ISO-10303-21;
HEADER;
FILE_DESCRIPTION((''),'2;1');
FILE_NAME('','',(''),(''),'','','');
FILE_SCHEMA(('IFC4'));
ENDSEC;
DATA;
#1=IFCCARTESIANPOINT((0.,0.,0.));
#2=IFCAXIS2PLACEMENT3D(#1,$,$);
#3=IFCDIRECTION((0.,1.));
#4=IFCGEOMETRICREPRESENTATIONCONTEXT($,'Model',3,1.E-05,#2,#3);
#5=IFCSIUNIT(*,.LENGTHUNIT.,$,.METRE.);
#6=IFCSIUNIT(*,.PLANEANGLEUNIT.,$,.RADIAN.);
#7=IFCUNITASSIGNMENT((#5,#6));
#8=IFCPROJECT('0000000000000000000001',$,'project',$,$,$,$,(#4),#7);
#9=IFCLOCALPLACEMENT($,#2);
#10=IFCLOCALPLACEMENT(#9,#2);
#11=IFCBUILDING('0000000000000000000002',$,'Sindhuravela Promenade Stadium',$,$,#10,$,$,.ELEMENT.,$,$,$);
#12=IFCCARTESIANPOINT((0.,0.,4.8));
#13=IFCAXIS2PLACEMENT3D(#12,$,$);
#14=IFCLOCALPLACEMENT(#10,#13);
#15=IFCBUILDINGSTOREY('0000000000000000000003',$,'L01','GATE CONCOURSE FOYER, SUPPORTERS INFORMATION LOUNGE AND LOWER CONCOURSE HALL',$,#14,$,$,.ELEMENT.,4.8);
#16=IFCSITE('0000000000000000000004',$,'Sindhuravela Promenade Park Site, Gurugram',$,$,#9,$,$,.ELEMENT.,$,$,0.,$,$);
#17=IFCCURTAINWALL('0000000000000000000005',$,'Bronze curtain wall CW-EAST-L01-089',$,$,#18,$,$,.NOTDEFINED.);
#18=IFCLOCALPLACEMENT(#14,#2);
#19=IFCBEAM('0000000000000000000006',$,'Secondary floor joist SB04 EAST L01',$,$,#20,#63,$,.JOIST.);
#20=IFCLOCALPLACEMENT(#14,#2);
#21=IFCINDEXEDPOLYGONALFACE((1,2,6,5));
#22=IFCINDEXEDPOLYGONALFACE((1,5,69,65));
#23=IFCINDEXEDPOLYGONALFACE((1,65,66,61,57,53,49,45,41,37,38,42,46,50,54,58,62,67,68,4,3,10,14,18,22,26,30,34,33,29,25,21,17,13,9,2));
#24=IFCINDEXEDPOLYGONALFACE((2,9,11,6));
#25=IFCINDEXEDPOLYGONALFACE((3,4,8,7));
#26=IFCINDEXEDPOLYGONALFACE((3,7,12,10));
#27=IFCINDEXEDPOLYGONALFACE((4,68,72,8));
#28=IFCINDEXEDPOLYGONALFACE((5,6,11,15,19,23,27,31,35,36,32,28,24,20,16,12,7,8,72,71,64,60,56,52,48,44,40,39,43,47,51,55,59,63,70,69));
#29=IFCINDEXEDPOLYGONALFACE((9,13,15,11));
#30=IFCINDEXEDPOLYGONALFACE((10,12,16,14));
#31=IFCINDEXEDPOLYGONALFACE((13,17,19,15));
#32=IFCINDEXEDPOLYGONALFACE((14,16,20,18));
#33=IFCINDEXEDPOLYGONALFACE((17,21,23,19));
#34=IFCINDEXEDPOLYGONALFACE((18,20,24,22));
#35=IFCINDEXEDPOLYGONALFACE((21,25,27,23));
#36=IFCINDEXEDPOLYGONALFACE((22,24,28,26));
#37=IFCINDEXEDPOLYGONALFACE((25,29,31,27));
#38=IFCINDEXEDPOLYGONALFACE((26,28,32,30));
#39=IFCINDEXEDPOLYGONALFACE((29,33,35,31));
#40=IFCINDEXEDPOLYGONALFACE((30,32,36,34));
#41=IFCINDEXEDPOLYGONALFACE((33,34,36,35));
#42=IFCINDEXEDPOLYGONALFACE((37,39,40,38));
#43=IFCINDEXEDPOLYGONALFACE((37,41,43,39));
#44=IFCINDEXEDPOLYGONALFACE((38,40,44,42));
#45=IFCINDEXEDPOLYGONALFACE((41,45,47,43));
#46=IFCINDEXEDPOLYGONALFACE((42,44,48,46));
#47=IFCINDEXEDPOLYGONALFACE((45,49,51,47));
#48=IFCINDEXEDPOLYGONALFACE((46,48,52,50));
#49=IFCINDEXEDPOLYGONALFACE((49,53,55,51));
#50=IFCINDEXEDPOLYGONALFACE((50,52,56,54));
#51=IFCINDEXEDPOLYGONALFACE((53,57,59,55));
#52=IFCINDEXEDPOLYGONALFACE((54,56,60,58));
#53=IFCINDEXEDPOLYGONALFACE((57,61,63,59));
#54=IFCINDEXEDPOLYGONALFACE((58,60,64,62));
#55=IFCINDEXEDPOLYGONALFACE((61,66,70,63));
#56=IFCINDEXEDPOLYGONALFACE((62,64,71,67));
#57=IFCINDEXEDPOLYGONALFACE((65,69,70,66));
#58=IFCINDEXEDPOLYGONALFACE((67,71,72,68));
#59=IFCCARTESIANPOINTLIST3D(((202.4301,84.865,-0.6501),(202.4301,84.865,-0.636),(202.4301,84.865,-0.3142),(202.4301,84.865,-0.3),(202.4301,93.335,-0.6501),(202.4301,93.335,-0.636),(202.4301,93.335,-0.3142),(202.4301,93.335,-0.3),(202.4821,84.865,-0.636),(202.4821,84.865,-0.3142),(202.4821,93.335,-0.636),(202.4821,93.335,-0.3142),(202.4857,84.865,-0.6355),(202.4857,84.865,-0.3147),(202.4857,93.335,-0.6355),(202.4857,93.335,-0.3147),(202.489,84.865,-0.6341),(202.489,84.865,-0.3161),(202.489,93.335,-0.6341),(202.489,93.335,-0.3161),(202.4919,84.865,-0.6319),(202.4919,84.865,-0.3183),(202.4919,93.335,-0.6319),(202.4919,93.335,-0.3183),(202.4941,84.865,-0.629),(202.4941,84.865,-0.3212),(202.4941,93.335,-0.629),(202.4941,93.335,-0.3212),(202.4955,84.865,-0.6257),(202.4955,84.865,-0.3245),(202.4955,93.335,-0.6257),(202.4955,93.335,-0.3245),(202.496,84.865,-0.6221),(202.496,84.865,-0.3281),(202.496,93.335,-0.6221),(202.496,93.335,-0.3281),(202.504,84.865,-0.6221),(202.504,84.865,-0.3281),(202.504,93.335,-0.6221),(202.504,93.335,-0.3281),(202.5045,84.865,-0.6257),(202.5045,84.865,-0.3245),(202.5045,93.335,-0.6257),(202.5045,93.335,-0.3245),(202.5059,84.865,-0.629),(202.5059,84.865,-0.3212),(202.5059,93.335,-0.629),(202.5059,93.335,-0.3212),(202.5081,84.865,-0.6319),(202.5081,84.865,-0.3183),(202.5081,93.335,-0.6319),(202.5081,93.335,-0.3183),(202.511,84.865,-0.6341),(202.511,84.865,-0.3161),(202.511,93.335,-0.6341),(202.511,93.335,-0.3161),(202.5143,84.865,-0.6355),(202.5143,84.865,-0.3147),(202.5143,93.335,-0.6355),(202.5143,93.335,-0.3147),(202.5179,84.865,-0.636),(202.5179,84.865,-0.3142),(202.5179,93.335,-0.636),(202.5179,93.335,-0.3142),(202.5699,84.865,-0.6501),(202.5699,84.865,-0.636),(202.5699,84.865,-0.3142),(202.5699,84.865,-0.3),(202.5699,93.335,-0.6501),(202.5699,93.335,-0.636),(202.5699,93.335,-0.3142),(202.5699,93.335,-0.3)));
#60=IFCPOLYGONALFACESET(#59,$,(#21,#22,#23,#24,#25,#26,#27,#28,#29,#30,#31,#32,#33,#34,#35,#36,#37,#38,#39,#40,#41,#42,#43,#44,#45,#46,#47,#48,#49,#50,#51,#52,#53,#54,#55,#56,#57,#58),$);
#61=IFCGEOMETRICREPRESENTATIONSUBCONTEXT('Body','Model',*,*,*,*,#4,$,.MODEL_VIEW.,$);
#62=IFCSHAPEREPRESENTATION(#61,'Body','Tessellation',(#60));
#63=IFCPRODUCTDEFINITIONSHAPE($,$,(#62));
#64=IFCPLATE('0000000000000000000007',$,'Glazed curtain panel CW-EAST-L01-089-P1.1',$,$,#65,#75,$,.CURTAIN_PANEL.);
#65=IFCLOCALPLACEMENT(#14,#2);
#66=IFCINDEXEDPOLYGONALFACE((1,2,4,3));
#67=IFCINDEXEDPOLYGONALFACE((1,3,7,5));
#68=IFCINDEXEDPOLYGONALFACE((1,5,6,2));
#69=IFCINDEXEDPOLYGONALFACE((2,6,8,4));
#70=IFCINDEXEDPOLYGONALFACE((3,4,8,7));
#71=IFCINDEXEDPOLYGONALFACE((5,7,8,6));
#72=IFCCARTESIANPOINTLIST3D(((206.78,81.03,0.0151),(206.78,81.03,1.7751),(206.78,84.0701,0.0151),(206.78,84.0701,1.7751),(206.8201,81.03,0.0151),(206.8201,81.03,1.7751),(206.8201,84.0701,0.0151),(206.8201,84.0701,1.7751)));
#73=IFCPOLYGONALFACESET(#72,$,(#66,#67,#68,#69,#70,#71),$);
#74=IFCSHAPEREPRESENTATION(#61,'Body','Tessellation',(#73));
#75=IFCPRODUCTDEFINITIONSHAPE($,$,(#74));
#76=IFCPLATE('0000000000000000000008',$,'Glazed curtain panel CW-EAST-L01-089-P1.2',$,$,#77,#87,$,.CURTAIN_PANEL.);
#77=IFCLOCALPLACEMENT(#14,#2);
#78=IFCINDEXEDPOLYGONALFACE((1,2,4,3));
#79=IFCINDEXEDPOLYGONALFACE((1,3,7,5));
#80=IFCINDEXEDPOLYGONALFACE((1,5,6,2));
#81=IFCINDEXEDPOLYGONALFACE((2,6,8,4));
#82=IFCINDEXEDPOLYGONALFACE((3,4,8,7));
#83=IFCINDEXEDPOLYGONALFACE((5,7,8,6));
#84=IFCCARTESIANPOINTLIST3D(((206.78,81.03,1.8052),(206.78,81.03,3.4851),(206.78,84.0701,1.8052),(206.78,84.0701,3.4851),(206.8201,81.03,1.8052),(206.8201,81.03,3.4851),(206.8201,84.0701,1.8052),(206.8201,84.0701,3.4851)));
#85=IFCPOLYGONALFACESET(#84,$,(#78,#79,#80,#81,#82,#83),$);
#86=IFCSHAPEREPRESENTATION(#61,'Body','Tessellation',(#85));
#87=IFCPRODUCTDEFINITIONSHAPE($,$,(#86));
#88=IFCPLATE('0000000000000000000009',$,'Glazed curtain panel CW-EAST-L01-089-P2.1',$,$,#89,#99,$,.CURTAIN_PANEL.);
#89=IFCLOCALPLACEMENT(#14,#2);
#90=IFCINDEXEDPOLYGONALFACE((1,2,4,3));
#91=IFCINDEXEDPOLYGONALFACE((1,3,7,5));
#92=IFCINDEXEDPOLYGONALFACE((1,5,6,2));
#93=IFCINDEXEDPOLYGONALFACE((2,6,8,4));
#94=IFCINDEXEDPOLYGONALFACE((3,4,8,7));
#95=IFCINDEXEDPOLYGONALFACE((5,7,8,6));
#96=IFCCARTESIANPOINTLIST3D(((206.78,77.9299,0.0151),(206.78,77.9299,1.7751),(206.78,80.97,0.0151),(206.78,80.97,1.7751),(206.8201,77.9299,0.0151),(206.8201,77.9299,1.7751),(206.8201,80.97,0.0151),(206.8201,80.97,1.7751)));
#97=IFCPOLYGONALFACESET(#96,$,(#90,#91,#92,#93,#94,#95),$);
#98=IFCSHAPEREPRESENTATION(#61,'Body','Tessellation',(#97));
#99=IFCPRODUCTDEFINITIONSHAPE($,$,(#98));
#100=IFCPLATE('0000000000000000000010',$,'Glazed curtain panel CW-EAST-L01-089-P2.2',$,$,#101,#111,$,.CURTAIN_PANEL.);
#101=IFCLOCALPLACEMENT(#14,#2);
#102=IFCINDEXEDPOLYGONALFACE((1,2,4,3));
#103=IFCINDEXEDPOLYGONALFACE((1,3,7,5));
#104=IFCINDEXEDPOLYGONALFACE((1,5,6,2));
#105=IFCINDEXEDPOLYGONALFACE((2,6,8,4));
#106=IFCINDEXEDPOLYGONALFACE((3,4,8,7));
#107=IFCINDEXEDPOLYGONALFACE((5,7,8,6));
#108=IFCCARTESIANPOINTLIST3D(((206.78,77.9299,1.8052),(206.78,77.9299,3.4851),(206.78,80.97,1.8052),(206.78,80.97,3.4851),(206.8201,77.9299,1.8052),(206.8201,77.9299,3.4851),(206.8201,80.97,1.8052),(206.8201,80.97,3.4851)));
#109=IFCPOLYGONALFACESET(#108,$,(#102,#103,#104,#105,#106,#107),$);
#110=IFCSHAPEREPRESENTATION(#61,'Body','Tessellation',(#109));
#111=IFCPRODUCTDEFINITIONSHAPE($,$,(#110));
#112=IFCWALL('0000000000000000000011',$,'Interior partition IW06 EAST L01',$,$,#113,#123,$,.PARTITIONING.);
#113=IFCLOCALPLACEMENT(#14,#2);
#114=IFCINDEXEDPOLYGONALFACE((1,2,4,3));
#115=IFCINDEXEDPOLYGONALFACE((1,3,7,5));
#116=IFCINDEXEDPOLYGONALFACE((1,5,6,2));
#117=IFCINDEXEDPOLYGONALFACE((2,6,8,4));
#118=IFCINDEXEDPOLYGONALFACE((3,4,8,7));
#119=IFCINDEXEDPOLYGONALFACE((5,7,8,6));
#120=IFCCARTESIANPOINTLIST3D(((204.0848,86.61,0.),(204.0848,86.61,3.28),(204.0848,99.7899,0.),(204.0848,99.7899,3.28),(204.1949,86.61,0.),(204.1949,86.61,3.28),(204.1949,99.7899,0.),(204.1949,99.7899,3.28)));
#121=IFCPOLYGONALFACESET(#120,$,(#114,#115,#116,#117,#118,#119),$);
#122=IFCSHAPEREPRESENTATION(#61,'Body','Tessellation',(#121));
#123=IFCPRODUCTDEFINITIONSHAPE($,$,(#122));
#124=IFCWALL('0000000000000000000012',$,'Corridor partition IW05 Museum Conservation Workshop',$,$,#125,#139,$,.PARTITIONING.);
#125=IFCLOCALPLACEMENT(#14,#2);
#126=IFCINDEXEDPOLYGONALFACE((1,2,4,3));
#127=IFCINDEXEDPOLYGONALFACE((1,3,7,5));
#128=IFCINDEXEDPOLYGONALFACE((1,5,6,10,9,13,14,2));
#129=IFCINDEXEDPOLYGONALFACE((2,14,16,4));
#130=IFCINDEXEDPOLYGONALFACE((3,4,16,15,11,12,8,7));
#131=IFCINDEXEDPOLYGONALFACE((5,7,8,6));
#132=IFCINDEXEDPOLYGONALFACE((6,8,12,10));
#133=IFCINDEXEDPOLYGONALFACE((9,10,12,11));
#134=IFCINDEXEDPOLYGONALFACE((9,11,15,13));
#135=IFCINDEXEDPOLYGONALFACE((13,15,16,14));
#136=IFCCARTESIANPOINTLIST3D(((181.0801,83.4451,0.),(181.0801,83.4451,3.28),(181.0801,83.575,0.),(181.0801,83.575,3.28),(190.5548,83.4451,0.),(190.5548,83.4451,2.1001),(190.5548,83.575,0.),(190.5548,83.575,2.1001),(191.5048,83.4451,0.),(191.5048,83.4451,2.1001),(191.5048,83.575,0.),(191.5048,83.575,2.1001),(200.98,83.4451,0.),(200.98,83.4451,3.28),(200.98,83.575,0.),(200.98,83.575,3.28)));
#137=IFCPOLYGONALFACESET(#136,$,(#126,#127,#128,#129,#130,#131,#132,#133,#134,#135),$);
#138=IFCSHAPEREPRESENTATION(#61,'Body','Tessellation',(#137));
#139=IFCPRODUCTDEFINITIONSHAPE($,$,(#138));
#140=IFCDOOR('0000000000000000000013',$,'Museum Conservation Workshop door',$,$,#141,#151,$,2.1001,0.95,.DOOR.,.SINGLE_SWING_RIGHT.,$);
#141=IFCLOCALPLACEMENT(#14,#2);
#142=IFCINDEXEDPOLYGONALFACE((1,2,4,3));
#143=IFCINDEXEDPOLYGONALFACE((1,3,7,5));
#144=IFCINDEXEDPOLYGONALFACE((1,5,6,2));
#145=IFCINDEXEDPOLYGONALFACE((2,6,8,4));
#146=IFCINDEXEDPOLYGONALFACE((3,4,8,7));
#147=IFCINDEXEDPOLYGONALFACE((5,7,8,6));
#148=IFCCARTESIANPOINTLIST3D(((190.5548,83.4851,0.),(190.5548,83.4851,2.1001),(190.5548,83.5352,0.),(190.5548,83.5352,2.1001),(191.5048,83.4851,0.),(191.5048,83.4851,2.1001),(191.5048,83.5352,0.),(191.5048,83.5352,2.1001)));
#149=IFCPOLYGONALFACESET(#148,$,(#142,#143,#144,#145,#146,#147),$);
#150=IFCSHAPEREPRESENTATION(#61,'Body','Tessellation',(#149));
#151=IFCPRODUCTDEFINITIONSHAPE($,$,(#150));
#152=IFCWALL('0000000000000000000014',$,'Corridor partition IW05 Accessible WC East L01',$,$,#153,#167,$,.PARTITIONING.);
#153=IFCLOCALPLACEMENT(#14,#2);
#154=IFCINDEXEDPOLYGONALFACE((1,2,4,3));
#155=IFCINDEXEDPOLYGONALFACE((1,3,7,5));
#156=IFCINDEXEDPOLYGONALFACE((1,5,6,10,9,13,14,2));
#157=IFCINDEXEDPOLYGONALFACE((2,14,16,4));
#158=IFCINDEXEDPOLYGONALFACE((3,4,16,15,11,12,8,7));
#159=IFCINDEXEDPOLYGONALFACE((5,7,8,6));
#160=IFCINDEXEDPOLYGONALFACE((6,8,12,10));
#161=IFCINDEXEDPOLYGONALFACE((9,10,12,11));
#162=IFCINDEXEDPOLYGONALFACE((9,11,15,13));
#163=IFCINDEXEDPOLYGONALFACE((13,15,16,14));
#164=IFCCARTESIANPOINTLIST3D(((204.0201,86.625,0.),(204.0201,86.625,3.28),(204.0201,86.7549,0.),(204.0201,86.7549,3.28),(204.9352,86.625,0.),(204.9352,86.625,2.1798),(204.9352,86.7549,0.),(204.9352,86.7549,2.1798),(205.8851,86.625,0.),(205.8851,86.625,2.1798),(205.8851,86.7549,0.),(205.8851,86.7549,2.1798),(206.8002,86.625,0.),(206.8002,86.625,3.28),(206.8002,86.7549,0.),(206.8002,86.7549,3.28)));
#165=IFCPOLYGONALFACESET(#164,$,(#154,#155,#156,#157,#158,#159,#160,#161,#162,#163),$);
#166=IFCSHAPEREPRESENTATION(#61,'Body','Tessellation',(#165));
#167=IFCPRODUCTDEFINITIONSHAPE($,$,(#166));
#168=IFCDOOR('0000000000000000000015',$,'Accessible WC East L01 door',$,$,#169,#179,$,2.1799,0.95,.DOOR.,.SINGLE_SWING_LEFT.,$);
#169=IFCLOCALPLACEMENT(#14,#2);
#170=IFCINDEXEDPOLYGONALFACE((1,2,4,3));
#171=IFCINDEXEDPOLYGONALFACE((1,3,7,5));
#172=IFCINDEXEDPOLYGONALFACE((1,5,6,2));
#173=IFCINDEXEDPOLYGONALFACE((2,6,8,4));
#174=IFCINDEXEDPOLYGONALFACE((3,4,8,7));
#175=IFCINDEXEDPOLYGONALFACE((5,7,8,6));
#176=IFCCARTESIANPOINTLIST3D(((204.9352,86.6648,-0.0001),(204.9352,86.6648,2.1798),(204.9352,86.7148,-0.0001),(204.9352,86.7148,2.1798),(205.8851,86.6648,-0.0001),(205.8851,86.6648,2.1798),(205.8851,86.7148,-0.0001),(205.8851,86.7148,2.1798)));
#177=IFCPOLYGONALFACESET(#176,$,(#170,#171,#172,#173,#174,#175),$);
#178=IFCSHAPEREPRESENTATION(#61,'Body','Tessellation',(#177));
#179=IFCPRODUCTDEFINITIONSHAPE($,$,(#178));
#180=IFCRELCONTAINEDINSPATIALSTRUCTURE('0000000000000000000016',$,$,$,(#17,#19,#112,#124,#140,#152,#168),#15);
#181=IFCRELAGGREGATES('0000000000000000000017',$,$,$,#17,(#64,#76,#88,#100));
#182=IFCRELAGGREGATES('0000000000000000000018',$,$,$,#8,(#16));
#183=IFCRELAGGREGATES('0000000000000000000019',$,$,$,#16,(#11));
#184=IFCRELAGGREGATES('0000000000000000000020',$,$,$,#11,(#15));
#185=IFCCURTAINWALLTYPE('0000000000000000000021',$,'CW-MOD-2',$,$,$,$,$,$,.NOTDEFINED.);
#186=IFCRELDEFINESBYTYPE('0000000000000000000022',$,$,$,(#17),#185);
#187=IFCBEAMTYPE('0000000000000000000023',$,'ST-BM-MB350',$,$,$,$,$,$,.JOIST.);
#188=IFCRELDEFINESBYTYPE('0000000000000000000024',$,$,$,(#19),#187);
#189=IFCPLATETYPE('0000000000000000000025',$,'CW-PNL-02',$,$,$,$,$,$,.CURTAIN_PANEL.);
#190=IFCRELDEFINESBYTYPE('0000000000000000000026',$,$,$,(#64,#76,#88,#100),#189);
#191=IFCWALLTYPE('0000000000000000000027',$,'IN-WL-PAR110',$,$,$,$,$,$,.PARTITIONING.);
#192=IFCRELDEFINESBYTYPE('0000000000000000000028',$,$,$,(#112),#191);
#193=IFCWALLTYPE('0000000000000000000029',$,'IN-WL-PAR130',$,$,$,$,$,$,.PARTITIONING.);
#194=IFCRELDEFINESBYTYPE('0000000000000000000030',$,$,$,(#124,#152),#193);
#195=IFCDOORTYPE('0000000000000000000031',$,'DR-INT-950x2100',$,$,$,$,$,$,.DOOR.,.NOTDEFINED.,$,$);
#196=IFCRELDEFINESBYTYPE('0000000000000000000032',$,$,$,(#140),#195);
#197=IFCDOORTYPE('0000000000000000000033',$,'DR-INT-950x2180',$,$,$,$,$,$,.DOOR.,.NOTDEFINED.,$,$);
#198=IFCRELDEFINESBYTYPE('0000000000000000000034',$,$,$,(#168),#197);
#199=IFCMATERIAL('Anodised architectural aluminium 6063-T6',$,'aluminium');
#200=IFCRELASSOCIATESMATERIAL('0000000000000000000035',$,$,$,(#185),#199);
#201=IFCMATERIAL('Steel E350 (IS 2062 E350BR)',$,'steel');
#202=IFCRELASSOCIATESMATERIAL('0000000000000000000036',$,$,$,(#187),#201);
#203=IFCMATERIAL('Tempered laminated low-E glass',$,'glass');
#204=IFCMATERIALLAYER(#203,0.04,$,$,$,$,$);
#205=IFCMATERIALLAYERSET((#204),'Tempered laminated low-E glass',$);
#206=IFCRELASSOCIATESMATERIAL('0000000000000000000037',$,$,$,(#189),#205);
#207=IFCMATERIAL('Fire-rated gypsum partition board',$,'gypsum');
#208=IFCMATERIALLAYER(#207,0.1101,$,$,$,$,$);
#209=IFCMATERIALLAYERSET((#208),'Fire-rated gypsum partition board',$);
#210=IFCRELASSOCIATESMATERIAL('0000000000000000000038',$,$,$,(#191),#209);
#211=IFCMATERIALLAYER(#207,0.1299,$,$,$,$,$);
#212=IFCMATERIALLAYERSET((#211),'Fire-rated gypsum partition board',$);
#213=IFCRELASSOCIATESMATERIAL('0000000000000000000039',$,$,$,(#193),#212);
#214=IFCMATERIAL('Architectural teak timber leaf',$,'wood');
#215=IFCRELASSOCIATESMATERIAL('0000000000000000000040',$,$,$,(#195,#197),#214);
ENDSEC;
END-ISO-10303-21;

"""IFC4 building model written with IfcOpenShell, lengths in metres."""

from ifc_helpers import new_model, si_unit, direction, frame, frame_2d, origin, origin_2d, place, context, subcontext, project, spatial, rectangle, i_section, extrude, material, layer, layer_set, material_profile, profile_set, type_object, element, fill, aggregate, save


model = new_model("IFC4")

# Units and contexts
model_context = context("Model", 3, precision=1e-05, world=origin(), true_north=direction((0.0, 1.0)))
body_context = subcontext(model_context, "Body", "Model", "MODEL_VIEW")
ifc_project = project(units=[si_unit("LENGTHUNIT", "METRE"), si_unit("PLANEANGLEUNIT", "RADIAN")], contexts=[model_context])

# Site, building, storey
site_placement = place(None, origin())
site = spatial("IfcSite", under=ifc_project, at=site_placement, Name="Sindhuravela Promenade Park Site, Gurugram", CompositionType="ELEMENT", RefElevation=0.0)
building_placement = place(site_placement, origin())
building = spatial("IfcBuilding", under=site, at=building_placement, Name="Sindhuravela Promenade Stadium", CompositionType="ELEMENT")
storey_placement = place(building_placement, frame((0.0, 0.0, 4.8)))
storey = spatial("IfcBuildingStorey", under=building, at=storey_placement, Name="L01", Description="GATE CONCOURSE FOYER, SUPPORTERS INFORMATION LOUNGE AND LOWER CONCOURSE HALL", CompositionType="ELEMENT", Elevation=4.8)

# Curtain wall
ifc_material_1 = material(Name="Anodised architectural aluminium 6063-T6", Category="aluminium")
curtain_wall_type = type_object("IfcCurtainWallType", Name="CW-MOD-2", PredefinedType="NOTDEFINED", material=ifc_material_1)
curtain_wall_placement = place(storey_placement, origin())
curtain_wall = element("IfcCurtainWall", 1, at=curtain_wall_placement, inside=storey, type_object=curtain_wall_type, Name="Bronze curtain wall CW-EAST-L01-089", PredefinedType="NOTDEFINED")

# Beam
ifc_material_2 = material(Name="Steel E350 (IS 2062 E350BR)", Category="steel")
ifc_material_profile_1 = material_profile(ifc_material_2, i_section(OverallWidth=0.1399, OverallDepth=0.3501, WebThickness=0.0081, FlangeThickness=0.0142, FilletRadius=0.0139, at=origin_2d()), Name="ISMB 350")
ifc_profile_set_1 = profile_set([ifc_material_profile_1], Name="Steel E350 (IS 2062 E350BR)")
beam_type_1 = type_object("IfcBeamType", Name="ST-BM-MB350", PredefinedType="JOIST", material=ifc_profile_set_1)
beam_1_placement = place(storey_placement, frame((202.5, 84.865, -0.4751), z_axis=(0.0, 1.0, 0.0), x_axis=(-1.0, 0.0, 0.0)))
element("IfcBeam", 2, at=beam_1_placement, inside=storey, type_object=beam_type_1, Name="Secondary floor joist SB04 EAST L01", PredefinedType="JOIST", context=body_context, shape_type="SweptSolid", body=[
    extrude(i_section(OverallWidth=0.1399, OverallDepth=0.3501, WebThickness=0.0081, FlangeThickness=0.0142, FilletRadius=0.0139, at=origin_2d()), origin(), (0.0, 0.0, 1.0), 8.47),
])

# Plates
ifc_material_3 = material(Name="Tempered laminated low-E glass", Category="glass")
ifc_layer_1 = layer(ifc_material_3, 0.04)
ifc_layer_set_1 = layer_set([ifc_layer_1], Name="Tempered laminated low-E glass")
plate_type = type_object("IfcPlateType", Name="CW-PNL-02", PredefinedType="CURTAIN_PANEL", material=ifc_layer_set_1)
plate_1_placement = place(storey_placement, frame((206.8, 82.55, 0.0151), z_axis=(0.0, 0.0, 1.0), x_axis=(0.0, -1.0, 0.0)))
plate_1 = element("IfcPlate", 3, at=plate_1_placement, type_object=plate_type, Name="Glazed curtain panel CW-EAST-L01-089-P1.1", PredefinedType="CURTAIN_PANEL", context=body_context, shape_type="SweptSolid", body=[
    extrude(rectangle(XDim=3.04, YDim=0.04, at=origin_2d()), origin(), (0.0, 0.0, 1.0), 1.76),
])
plate_2_placement = place(storey_placement, frame((206.8, 82.55, 1.8052), z_axis=(0.0, 0.0, 1.0), x_axis=(0.0, -1.0, 0.0)))
plate_2 = element("IfcPlate", 4, at=plate_2_placement, type_object=plate_type, Name="Glazed curtain panel CW-EAST-L01-089-P1.2", PredefinedType="CURTAIN_PANEL", context=body_context, shape_type="SweptSolid", body=[
    extrude(rectangle(XDim=3.04, YDim=0.04, at=origin_2d()), origin(), (0.0, 0.0, 1.0), 1.6799),
])
plate_3_placement = place(storey_placement, frame((206.8, 79.45, 0.0151), z_axis=(0.0, 0.0, 1.0), x_axis=(0.0, -1.0, 0.0)))
plate_3 = element("IfcPlate", 5, at=plate_3_placement, type_object=plate_type, Name="Glazed curtain panel CW-EAST-L01-089-P2.1", PredefinedType="CURTAIN_PANEL", context=body_context, shape_type="SweptSolid", body=[
    extrude(rectangle(XDim=3.04, YDim=0.04, at=origin_2d()), origin(), (0.0, 0.0, 1.0), 1.76),
])
plate_4_placement = place(storey_placement, frame((206.8, 79.45, 1.8052), z_axis=(0.0, 0.0, 1.0), x_axis=(0.0, -1.0, 0.0)))
plate_4 = element("IfcPlate", 6, at=plate_4_placement, type_object=plate_type, Name="Glazed curtain panel CW-EAST-L01-089-P2.2", PredefinedType="CURTAIN_PANEL", context=body_context, shape_type="SweptSolid", body=[
    extrude(rectangle(XDim=3.04, YDim=0.04, at=origin_2d()), origin(), (0.0, 0.0, 1.0), 1.6799),
])
aggregate(curtain_wall, [plate_1, plate_2, plate_3, plate_4])

# Wall
ifc_material_4 = material(Name="Fire-rated gypsum partition board", Category="gypsum")
ifc_layer_2 = layer(ifc_material_4, 0.1101)
ifc_layer_set_2 = layer_set([ifc_layer_2], Name="Fire-rated gypsum partition board")
wall_type_1 = type_object("IfcWallType", Name="IN-WL-PAR110", PredefinedType="PARTITIONING", material=ifc_layer_set_2)
wall_1_placement = place(storey_placement, frame((204.1399, 86.6101, 0.0), z_axis=(0.0, 0.0, 1.0), x_axis=(0.0, 1.0, 0.0)))
element("IfcWall", 7, at=wall_1_placement, inside=storey, type_object=wall_type_1, Name="Interior partition IW06 EAST L01", PredefinedType="PARTITIONING", context=body_context, shape_type="SweptSolid", body=[
    extrude(rectangle(XDim=13.1799, YDim=0.1101, at=frame_2d((6.5898, 0.0))), origin(), (0.0, 0.0, 1.0), 3.28),
])

# Walls, openings, doors
ifc_layer_3 = layer(ifc_material_4, 0.1299)
ifc_layer_set_3 = layer_set([ifc_layer_3], Name="Fire-rated gypsum partition board")
wall_type_2 = type_object("IfcWallType", Name="IN-WL-PAR130", PredefinedType="PARTITIONING", material=ifc_layer_set_3)
wall_2_placement = place(storey_placement, frame((200.98, 83.51, 0.0), z_axis=(0.0, 0.0, 1.0), x_axis=(-1.0, 0.0, 0.0)))
wall_2 = element("IfcWall", 8, at=wall_2_placement, inside=storey, type_object=wall_type_2, Name="Corridor partition IW05 Museum Conservation Workshop", PredefinedType="PARTITIONING", context=body_context, shape_type="SweptSolid", body=[
    extrude(rectangle(XDim=19.8999, YDim=0.1299, at=frame_2d((9.95, 0.0))), origin(), (0.0, 0.0, 1.0), 3.28),
])
opening_1_placement = place(wall_2_placement, frame((9.4751, 0.0, 0.0)))
opening_1 = element("IfcOpeningElement", 9, at=opening_1_placement, cuts=wall_2, PredefinedType="OPENING", context=body_context, shape_type="SweptSolid", body=[
    extrude(rectangle(XDim=0.95, YDim=2.1001, at=frame_2d((0.4751, 1.05))), frame((0.0, 0.075, 0.0), z_axis=(0.0, -1.0, 0.0), x_axis=(1.0, 0.0, 0.0)), (0.0, 0.0, 1.0), 0.1499),
])
ifc_material_5 = material(Name="Architectural teak timber leaf", Category="wood")
door_type_1 = type_object("IfcDoorType", Name="DR-INT-950x2100", OperationType="NOTDEFINED", PredefinedType="DOOR", material=ifc_material_5)
door_1_placement = place(opening_1_placement, origin())
door_1 = element("IfcDoor", 10, at=door_1_placement, inside=storey, type_object=door_type_1, Name="Museum Conservation Workshop door", OperationType="SINGLE_SWING_RIGHT", OverallHeight=2.1001, OverallWidth=0.95, PredefinedType="DOOR", context=body_context, shape_type="SweptSolid", body=[
    extrude(rectangle(XDim=0.95, YDim=2.1001, at=frame_2d((0.4751, 1.05))), frame((0.0, 0.0249, 0.0), z_axis=(0.0, -1.0, 0.0), x_axis=(1.0, 0.0, 0.0)), (0.0, 0.0, 1.0), 0.05),
])
fill(opening_1, door_1)
wall_3_placement = place(storey_placement, frame((204.02, 86.6899, 0.0), z_axis=(0.0, 0.0, 1.0), x_axis=(1.0, 0.0, 0.0)))
wall_3 = element("IfcWall", 11, at=wall_3_placement, inside=storey, type_object=wall_type_2, Name="Corridor partition IW05 Accessible WC East L01", PredefinedType="PARTITIONING", context=body_context, shape_type="SweptSolid", body=[
    extrude(rectangle(XDim=2.78, YDim=0.1299, at=frame_2d((1.3901, 0.0))), origin(), (0.0, 0.0, 1.0), 3.28),
])
opening_2_placement = place(wall_3_placement, frame((0.915, 0.0, 0.0)))
opening_2 = element("IfcOpeningElement", 12, at=opening_2_placement, cuts=wall_3, PredefinedType="OPENING", context=body_context, shape_type="SweptSolid", body=[
    extrude(rectangle(XDim=0.95, YDim=2.1799, at=frame_2d((0.4751, 1.0898))), frame((0.0, 0.075, 0.0), z_axis=(0.0, -1.0, 0.0), x_axis=(1.0, 0.0, 0.0)), (0.0, 0.0, 1.0), 0.1499),
])
door_type_2 = type_object("IfcDoorType", Name="DR-INT-950x2180", OperationType="NOTDEFINED", PredefinedType="DOOR", material=ifc_material_5)
door_2_placement = place(opening_2_placement, origin())
door_2 = element("IfcDoor", 13, at=door_2_placement, inside=storey, type_object=door_type_2, Name="Accessible WC East L01 door", OperationType="SINGLE_SWING_LEFT", OverallHeight=2.1799, OverallWidth=0.95, PredefinedType="DOOR", context=body_context, shape_type="SweptSolid", body=[
    extrude(rectangle(XDim=0.95, YDim=2.1799, at=frame_2d((0.4751, 1.0898))), frame((0.0, 0.0249, 0.0), z_axis=(0.0, -1.0, 0.0), x_axis=(1.0, 0.0, 0.0)), (0.0, 0.0, 1.0), 0.05),
])
fill(opening_2, door_2)

save(model, "model.ifc")
